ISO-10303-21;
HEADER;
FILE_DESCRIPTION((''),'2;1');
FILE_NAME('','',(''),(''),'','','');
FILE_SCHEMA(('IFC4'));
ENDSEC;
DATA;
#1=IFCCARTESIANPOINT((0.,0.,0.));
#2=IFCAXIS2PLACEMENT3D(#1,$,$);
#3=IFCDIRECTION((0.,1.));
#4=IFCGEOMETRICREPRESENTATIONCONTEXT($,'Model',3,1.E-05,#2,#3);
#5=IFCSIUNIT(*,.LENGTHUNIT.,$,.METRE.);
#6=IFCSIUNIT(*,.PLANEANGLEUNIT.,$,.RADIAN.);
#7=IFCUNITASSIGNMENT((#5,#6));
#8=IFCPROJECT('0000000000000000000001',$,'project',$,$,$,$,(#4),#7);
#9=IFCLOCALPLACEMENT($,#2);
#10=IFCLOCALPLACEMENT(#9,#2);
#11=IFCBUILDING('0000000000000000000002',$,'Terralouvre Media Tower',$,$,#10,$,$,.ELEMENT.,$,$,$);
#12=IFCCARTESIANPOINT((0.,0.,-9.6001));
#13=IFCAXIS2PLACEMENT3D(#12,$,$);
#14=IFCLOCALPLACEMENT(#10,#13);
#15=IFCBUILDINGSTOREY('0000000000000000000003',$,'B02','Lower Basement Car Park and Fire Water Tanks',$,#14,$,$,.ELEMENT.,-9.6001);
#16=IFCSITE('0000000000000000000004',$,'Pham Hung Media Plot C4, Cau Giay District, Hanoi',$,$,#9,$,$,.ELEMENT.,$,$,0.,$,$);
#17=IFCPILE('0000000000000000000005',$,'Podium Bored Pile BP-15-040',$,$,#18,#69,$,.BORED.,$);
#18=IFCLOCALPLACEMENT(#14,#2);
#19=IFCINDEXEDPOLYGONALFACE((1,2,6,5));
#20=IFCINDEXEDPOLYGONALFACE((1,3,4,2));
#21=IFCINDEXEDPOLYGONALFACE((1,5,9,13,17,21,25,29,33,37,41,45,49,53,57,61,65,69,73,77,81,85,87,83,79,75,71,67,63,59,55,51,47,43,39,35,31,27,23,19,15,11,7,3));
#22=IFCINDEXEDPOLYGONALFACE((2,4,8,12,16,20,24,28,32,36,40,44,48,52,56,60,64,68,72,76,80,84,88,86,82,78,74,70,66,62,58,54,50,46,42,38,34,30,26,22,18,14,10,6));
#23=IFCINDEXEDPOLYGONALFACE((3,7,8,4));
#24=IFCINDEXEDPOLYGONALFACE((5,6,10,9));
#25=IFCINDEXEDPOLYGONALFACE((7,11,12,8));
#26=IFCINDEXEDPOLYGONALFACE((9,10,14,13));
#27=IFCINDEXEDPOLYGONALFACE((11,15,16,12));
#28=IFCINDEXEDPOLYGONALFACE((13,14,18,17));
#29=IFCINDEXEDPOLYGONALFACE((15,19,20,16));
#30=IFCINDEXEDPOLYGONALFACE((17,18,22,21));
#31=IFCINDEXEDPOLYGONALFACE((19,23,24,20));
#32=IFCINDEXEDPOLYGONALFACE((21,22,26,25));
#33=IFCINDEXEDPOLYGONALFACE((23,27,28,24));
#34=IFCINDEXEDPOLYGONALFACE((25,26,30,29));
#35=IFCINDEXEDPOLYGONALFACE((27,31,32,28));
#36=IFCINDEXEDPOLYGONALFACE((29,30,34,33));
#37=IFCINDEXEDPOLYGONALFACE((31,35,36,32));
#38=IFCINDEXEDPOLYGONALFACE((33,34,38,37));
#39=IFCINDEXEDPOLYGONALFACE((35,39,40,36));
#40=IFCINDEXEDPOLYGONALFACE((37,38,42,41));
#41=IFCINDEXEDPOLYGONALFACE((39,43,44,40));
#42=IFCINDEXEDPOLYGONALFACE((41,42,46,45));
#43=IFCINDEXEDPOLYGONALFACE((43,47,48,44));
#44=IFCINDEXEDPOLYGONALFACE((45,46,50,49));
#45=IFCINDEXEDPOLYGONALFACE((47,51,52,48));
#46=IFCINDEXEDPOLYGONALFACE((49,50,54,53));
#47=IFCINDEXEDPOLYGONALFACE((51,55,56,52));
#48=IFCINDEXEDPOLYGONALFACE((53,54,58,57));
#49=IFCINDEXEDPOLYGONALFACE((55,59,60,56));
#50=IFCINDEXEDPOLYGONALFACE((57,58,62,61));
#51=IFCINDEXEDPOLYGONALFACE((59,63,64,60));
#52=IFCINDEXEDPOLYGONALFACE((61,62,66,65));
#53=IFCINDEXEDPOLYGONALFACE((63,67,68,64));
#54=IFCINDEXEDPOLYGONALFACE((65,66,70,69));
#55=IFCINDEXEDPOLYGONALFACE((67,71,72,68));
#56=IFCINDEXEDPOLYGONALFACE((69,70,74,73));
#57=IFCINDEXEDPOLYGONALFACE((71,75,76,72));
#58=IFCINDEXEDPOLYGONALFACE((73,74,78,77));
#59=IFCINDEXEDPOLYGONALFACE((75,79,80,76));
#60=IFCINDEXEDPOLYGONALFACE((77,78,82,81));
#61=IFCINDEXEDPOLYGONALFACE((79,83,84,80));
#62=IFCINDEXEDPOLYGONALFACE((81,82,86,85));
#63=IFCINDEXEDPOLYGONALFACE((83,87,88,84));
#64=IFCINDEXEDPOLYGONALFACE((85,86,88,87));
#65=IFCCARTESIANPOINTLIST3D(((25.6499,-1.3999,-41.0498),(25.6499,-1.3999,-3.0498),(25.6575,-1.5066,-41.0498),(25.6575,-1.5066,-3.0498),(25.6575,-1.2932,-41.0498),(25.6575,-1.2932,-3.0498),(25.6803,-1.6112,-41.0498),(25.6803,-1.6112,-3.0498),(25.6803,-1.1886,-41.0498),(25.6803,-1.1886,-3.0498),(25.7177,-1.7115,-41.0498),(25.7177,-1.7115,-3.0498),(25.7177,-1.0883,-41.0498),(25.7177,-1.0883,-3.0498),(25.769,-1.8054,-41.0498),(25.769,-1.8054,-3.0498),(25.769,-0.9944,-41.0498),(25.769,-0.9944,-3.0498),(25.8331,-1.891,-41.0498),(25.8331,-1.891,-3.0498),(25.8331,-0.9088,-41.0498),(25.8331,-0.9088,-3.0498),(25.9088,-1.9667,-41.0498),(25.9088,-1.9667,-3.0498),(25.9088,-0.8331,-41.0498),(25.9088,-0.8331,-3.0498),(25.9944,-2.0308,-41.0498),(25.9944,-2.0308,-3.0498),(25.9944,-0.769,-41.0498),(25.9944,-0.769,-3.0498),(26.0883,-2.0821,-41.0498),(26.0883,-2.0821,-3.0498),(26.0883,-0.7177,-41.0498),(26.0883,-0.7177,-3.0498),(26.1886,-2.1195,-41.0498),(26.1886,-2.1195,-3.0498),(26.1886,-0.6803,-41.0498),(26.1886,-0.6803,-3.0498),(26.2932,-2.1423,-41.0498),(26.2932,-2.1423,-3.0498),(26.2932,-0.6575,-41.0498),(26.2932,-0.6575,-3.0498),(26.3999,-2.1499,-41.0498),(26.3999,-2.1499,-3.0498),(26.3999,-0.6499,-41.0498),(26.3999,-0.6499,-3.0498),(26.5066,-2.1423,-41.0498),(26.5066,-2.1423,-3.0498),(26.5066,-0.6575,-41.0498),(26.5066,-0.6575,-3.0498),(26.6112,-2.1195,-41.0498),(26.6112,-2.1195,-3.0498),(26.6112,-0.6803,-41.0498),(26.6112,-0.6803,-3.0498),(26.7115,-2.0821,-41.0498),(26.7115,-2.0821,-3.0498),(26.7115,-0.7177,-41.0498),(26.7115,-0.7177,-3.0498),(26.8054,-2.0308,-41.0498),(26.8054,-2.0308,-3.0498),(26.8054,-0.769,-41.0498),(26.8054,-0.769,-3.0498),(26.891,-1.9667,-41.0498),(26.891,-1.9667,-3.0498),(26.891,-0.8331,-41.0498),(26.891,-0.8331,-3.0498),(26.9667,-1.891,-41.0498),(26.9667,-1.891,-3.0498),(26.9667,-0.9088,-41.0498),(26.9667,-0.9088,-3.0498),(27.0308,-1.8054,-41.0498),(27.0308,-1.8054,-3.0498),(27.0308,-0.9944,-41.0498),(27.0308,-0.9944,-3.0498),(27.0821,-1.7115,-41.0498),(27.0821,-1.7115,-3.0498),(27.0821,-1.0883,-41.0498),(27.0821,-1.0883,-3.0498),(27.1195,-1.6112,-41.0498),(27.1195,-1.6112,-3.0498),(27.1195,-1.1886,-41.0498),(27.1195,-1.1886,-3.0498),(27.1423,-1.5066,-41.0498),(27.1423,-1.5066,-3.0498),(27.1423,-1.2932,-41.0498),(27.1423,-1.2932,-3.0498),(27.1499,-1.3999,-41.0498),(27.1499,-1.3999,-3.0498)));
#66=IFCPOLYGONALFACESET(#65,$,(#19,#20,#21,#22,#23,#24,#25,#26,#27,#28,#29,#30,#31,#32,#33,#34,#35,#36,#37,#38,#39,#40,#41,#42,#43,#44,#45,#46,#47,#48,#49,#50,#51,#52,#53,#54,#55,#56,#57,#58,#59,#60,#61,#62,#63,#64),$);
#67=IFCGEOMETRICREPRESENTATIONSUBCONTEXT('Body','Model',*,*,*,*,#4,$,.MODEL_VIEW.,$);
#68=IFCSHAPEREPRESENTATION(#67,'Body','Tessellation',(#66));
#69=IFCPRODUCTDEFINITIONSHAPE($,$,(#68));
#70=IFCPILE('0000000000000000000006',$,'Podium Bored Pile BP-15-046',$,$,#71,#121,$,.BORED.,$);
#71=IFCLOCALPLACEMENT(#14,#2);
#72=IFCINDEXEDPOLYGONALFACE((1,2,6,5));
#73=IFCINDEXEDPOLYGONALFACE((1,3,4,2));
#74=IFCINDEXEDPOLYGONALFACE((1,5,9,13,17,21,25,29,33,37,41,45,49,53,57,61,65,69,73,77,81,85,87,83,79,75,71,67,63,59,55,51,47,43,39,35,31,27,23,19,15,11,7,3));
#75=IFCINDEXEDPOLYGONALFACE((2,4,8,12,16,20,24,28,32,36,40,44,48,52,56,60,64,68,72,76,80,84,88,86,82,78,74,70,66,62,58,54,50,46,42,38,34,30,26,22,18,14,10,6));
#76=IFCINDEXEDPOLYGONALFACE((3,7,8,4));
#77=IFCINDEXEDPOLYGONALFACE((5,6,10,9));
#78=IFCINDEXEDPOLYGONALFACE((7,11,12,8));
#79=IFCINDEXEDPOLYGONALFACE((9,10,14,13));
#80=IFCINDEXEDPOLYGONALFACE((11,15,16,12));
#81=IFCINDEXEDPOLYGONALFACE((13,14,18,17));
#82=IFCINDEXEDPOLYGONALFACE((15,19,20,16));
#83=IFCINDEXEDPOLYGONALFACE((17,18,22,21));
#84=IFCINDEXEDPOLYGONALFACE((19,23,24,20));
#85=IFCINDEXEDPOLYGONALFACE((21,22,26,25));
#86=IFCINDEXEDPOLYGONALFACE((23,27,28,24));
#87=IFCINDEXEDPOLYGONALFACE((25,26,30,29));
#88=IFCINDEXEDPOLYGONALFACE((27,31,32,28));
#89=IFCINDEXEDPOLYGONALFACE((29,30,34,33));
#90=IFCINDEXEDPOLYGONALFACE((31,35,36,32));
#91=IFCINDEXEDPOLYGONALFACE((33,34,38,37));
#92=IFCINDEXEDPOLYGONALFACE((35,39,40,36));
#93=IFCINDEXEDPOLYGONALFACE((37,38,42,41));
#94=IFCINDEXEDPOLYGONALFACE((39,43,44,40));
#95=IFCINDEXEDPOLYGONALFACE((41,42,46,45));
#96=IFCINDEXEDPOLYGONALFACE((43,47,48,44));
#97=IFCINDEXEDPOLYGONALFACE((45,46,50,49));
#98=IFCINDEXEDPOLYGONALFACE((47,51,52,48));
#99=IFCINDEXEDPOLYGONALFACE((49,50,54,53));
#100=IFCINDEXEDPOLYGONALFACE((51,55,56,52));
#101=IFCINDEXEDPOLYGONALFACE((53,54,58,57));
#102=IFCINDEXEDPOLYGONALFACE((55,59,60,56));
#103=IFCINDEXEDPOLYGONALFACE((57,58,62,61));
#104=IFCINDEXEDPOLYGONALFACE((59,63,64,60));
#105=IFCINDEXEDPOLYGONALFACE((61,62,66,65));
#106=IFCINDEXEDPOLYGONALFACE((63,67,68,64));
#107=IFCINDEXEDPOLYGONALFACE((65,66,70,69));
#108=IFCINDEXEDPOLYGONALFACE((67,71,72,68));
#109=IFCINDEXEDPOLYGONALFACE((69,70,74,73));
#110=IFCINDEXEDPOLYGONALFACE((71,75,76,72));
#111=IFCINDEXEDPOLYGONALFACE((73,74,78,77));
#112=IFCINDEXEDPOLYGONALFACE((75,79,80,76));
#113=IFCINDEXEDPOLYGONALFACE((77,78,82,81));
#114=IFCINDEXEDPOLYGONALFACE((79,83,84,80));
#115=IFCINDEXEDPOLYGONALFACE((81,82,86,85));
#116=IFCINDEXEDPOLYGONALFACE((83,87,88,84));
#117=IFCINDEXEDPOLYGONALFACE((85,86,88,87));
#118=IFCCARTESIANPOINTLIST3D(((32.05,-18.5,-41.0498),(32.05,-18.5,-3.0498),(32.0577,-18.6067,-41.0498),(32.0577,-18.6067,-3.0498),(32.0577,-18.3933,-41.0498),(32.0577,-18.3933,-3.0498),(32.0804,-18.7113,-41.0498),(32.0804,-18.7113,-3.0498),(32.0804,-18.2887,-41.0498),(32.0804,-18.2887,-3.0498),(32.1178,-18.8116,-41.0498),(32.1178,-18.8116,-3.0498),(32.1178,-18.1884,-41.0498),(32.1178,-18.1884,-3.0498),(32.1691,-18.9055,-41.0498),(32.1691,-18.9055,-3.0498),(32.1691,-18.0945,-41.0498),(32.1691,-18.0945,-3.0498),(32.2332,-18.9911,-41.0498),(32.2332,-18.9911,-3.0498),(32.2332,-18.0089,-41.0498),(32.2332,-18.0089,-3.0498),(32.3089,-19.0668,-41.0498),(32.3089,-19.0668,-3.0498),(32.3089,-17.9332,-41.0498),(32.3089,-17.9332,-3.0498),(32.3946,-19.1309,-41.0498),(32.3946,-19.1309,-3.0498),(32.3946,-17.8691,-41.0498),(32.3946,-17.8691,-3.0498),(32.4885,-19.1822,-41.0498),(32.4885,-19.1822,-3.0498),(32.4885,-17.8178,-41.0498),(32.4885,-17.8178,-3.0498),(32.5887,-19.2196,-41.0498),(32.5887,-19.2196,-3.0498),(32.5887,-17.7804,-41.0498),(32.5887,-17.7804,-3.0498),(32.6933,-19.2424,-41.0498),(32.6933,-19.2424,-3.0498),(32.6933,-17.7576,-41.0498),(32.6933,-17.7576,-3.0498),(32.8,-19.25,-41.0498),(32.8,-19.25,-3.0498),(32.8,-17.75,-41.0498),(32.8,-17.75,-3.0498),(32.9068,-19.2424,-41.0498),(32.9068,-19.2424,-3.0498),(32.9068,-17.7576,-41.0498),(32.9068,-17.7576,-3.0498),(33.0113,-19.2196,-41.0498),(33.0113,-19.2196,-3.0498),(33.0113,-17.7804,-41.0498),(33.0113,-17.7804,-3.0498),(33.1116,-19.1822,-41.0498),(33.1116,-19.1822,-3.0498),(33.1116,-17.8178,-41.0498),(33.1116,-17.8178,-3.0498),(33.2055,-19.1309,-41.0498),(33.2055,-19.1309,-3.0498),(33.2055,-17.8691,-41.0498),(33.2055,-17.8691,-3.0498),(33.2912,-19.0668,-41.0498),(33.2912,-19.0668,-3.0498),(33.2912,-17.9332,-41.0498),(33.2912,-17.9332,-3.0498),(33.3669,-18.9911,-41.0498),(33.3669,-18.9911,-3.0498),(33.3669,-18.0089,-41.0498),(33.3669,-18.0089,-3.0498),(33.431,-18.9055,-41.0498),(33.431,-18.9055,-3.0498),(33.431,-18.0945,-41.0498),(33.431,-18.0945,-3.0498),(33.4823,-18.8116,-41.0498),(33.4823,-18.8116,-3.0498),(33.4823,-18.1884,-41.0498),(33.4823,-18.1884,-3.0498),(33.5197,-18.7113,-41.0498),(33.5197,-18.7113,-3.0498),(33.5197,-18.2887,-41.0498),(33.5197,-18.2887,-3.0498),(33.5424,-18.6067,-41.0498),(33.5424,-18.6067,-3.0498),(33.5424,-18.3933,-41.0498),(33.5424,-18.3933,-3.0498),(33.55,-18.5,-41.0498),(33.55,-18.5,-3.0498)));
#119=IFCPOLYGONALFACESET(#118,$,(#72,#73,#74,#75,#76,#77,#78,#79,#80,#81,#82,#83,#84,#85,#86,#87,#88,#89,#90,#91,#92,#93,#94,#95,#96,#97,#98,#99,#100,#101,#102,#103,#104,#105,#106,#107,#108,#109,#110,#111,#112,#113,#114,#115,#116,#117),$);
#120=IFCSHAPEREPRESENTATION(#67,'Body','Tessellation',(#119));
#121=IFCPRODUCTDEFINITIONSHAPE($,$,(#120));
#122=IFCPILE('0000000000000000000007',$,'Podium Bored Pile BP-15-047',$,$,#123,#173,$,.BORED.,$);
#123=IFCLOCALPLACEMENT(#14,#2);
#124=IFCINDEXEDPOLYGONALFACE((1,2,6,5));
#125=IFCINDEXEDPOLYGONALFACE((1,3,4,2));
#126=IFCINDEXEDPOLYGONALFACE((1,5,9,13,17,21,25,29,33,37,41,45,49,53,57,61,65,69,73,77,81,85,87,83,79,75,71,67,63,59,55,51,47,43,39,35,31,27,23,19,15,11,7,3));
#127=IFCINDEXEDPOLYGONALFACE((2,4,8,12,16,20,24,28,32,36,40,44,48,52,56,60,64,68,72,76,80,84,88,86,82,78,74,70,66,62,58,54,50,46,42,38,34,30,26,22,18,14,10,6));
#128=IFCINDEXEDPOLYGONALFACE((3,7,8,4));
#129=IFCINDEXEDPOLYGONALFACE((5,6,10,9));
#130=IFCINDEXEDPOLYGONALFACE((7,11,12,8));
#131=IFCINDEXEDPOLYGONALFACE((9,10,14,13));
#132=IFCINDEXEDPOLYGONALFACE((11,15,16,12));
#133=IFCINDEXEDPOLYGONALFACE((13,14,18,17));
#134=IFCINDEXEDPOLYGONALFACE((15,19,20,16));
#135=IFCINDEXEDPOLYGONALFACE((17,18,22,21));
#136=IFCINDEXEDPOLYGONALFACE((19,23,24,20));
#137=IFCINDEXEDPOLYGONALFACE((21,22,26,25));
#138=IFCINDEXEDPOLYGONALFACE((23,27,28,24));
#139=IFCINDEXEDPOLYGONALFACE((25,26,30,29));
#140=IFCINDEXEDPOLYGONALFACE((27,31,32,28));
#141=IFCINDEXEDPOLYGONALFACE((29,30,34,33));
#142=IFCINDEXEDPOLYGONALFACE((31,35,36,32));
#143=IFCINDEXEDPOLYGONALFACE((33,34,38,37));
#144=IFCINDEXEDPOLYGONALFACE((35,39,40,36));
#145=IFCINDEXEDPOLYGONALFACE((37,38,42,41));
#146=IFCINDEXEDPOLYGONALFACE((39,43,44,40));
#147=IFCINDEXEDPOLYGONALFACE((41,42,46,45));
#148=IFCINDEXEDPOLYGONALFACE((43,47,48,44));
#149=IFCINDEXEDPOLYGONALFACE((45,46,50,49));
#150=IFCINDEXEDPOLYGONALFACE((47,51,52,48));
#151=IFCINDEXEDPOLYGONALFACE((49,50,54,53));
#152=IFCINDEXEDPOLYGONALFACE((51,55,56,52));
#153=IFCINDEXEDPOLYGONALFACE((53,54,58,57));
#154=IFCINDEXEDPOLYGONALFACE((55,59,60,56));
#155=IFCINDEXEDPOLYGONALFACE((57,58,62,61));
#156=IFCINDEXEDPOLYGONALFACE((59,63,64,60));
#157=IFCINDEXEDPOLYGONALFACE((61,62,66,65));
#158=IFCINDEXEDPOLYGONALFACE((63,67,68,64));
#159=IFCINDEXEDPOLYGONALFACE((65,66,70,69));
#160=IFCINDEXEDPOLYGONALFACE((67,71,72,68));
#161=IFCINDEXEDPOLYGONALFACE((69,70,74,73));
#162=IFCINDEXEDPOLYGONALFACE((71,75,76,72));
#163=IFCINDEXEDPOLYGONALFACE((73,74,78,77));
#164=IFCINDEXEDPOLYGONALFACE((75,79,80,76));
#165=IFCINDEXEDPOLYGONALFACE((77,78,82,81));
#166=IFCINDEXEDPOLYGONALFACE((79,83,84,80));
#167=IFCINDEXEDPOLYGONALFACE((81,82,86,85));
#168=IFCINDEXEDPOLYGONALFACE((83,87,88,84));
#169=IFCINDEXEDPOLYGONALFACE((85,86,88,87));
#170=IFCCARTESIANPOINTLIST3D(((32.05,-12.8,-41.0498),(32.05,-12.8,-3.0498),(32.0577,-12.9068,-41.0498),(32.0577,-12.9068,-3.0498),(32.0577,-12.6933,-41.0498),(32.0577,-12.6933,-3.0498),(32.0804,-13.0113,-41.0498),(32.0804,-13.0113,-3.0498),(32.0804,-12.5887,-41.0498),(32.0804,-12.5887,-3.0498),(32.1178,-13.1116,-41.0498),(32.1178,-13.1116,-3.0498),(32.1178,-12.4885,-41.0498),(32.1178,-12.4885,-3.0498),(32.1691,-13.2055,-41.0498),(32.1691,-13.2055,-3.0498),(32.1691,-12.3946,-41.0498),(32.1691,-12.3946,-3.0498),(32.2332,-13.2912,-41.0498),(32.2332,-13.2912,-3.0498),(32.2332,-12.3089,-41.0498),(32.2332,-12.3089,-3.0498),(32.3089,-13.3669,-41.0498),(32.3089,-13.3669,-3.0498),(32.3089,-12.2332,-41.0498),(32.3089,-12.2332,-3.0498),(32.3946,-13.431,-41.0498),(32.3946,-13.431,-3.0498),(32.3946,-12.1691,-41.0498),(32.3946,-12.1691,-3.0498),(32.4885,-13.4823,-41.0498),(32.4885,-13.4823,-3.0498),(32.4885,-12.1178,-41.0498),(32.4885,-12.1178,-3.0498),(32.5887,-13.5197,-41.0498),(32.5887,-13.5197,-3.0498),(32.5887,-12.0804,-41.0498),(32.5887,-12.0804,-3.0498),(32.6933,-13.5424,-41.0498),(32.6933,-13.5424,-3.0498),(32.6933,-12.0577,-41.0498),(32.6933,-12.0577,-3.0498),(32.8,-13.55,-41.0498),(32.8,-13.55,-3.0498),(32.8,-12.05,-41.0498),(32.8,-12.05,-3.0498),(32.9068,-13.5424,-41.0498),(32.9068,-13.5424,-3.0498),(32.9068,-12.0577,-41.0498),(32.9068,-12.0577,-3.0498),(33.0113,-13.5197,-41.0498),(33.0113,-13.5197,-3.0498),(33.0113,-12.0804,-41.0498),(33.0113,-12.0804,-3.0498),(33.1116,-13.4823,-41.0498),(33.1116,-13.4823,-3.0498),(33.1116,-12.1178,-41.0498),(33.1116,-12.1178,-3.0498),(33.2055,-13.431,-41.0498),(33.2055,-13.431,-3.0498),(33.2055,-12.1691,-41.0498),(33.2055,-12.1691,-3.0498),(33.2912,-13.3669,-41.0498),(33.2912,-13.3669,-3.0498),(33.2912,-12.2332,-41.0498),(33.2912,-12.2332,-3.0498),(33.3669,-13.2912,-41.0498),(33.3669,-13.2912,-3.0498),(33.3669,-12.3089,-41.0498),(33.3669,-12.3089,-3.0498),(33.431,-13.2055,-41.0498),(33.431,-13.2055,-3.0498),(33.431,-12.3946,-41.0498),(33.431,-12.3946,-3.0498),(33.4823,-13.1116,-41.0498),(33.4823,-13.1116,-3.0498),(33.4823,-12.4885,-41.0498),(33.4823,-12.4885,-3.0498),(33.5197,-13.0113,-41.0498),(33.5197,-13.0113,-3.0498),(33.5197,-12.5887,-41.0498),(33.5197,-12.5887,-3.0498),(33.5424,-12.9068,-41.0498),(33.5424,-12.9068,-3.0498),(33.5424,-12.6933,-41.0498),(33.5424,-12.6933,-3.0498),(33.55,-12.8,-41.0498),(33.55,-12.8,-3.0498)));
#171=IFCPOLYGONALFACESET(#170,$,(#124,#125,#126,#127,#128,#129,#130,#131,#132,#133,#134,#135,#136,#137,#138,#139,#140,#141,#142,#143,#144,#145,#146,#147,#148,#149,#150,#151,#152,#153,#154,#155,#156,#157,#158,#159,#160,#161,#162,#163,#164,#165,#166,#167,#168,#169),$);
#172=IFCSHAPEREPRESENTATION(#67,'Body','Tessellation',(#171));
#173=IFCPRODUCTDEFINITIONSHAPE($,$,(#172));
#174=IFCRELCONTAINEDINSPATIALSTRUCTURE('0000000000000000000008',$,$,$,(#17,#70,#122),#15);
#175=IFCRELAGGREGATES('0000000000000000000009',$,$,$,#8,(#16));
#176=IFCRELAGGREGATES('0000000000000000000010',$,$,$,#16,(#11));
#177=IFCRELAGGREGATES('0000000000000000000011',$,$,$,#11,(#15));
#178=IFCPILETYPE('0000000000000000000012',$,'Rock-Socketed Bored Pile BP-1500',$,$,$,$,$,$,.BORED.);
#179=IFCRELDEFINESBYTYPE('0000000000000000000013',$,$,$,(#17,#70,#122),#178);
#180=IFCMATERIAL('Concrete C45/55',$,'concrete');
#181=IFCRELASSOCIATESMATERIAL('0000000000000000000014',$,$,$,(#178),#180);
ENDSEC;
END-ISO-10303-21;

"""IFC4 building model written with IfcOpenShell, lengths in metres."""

from ifc_helpers import new_model, si_unit, direction, frame, origin, origin_2d, place, context, subcontext, project, spatial, circle, extrude, material, material_profile, profile_set, type_object, element, save


model = new_model("IFC4")

# Units and contexts
model_context = context("Model", 3, precision=1e-05, world=origin(), true_north=direction((0.0, 1.0)))
body_context = subcontext(model_context, "Body", "Model", "MODEL_VIEW")
ifc_project = project(units=[si_unit("LENGTHUNIT", "METRE"), si_unit("PLANEANGLEUNIT", "RADIAN")], contexts=[model_context])

# Site, building, storey
site_placement = place(None, origin())
site = spatial("IfcSite", under=ifc_project, at=site_placement, Name="Pham Hung Media Plot C4, Cau Giay District, Hanoi", CompositionType="ELEMENT", RefElevation=0.0)
building_placement = place(site_placement, origin())
building = spatial("IfcBuilding", under=site, at=building_placement, Name="Terralouvre Media Tower", CompositionType="ELEMENT")
storey_placement = place(building_placement, frame((0.0, 0.0, -9.6001)))
storey = spatial("IfcBuildingStorey", under=building, at=storey_placement, Name="B02", Description="Lower Basement Car Park and Fire Water Tanks", CompositionType="ELEMENT", Elevation=-9.6001)

# Piles
ifc_material_1 = material(Name="Concrete C45/55", Category="concrete")
ifc_material_profile_1 = material_profile(ifc_material_1, circle(Radius=0.75, at=origin_2d()), Name="BORED PILE 1500")
ifc_profile_set_1 = profile_set([ifc_material_profile_1], Name="Concrete C45/55")
pile_type = type_object("IfcPileType", Name="Rock-Socketed Bored Pile BP-1500", PredefinedType="BORED", material=ifc_profile_set_1)
for number, where, z_axis, x_axis, name in (
    (1, (26.3999, -1.3999, -3.0498), (0.0, 0.0, -1.0), (1.0, 0.0, 0.0), "Podium Bored Pile BP-15-040"),
    (2, (32.8, -18.5, -3.0498), (0.0, 0.0, -1.0), (1.0, 0.0, 0.0), "Podium Bored Pile BP-15-046"),
    (3, (32.8, -12.8, -3.0498), (0.0, 0.0, -1.0), (1.0, 0.0, 0.0), "Podium Bored Pile BP-15-047"),
):
    element("IfcPile", number, at=place(storey_placement, frame(where, z_axis=z_axis, x_axis=x_axis)), inside=storey, type_object=pile_type, Name=name, PredefinedType="BORED", context=body_context, shape_type="SweptSolid", body=[
        extrude(circle(Radius=0.75, at=origin_2d()), origin(), (0.0, 0.0, 1.0), 38.0),
    ])

save(model, "model.ifc")
